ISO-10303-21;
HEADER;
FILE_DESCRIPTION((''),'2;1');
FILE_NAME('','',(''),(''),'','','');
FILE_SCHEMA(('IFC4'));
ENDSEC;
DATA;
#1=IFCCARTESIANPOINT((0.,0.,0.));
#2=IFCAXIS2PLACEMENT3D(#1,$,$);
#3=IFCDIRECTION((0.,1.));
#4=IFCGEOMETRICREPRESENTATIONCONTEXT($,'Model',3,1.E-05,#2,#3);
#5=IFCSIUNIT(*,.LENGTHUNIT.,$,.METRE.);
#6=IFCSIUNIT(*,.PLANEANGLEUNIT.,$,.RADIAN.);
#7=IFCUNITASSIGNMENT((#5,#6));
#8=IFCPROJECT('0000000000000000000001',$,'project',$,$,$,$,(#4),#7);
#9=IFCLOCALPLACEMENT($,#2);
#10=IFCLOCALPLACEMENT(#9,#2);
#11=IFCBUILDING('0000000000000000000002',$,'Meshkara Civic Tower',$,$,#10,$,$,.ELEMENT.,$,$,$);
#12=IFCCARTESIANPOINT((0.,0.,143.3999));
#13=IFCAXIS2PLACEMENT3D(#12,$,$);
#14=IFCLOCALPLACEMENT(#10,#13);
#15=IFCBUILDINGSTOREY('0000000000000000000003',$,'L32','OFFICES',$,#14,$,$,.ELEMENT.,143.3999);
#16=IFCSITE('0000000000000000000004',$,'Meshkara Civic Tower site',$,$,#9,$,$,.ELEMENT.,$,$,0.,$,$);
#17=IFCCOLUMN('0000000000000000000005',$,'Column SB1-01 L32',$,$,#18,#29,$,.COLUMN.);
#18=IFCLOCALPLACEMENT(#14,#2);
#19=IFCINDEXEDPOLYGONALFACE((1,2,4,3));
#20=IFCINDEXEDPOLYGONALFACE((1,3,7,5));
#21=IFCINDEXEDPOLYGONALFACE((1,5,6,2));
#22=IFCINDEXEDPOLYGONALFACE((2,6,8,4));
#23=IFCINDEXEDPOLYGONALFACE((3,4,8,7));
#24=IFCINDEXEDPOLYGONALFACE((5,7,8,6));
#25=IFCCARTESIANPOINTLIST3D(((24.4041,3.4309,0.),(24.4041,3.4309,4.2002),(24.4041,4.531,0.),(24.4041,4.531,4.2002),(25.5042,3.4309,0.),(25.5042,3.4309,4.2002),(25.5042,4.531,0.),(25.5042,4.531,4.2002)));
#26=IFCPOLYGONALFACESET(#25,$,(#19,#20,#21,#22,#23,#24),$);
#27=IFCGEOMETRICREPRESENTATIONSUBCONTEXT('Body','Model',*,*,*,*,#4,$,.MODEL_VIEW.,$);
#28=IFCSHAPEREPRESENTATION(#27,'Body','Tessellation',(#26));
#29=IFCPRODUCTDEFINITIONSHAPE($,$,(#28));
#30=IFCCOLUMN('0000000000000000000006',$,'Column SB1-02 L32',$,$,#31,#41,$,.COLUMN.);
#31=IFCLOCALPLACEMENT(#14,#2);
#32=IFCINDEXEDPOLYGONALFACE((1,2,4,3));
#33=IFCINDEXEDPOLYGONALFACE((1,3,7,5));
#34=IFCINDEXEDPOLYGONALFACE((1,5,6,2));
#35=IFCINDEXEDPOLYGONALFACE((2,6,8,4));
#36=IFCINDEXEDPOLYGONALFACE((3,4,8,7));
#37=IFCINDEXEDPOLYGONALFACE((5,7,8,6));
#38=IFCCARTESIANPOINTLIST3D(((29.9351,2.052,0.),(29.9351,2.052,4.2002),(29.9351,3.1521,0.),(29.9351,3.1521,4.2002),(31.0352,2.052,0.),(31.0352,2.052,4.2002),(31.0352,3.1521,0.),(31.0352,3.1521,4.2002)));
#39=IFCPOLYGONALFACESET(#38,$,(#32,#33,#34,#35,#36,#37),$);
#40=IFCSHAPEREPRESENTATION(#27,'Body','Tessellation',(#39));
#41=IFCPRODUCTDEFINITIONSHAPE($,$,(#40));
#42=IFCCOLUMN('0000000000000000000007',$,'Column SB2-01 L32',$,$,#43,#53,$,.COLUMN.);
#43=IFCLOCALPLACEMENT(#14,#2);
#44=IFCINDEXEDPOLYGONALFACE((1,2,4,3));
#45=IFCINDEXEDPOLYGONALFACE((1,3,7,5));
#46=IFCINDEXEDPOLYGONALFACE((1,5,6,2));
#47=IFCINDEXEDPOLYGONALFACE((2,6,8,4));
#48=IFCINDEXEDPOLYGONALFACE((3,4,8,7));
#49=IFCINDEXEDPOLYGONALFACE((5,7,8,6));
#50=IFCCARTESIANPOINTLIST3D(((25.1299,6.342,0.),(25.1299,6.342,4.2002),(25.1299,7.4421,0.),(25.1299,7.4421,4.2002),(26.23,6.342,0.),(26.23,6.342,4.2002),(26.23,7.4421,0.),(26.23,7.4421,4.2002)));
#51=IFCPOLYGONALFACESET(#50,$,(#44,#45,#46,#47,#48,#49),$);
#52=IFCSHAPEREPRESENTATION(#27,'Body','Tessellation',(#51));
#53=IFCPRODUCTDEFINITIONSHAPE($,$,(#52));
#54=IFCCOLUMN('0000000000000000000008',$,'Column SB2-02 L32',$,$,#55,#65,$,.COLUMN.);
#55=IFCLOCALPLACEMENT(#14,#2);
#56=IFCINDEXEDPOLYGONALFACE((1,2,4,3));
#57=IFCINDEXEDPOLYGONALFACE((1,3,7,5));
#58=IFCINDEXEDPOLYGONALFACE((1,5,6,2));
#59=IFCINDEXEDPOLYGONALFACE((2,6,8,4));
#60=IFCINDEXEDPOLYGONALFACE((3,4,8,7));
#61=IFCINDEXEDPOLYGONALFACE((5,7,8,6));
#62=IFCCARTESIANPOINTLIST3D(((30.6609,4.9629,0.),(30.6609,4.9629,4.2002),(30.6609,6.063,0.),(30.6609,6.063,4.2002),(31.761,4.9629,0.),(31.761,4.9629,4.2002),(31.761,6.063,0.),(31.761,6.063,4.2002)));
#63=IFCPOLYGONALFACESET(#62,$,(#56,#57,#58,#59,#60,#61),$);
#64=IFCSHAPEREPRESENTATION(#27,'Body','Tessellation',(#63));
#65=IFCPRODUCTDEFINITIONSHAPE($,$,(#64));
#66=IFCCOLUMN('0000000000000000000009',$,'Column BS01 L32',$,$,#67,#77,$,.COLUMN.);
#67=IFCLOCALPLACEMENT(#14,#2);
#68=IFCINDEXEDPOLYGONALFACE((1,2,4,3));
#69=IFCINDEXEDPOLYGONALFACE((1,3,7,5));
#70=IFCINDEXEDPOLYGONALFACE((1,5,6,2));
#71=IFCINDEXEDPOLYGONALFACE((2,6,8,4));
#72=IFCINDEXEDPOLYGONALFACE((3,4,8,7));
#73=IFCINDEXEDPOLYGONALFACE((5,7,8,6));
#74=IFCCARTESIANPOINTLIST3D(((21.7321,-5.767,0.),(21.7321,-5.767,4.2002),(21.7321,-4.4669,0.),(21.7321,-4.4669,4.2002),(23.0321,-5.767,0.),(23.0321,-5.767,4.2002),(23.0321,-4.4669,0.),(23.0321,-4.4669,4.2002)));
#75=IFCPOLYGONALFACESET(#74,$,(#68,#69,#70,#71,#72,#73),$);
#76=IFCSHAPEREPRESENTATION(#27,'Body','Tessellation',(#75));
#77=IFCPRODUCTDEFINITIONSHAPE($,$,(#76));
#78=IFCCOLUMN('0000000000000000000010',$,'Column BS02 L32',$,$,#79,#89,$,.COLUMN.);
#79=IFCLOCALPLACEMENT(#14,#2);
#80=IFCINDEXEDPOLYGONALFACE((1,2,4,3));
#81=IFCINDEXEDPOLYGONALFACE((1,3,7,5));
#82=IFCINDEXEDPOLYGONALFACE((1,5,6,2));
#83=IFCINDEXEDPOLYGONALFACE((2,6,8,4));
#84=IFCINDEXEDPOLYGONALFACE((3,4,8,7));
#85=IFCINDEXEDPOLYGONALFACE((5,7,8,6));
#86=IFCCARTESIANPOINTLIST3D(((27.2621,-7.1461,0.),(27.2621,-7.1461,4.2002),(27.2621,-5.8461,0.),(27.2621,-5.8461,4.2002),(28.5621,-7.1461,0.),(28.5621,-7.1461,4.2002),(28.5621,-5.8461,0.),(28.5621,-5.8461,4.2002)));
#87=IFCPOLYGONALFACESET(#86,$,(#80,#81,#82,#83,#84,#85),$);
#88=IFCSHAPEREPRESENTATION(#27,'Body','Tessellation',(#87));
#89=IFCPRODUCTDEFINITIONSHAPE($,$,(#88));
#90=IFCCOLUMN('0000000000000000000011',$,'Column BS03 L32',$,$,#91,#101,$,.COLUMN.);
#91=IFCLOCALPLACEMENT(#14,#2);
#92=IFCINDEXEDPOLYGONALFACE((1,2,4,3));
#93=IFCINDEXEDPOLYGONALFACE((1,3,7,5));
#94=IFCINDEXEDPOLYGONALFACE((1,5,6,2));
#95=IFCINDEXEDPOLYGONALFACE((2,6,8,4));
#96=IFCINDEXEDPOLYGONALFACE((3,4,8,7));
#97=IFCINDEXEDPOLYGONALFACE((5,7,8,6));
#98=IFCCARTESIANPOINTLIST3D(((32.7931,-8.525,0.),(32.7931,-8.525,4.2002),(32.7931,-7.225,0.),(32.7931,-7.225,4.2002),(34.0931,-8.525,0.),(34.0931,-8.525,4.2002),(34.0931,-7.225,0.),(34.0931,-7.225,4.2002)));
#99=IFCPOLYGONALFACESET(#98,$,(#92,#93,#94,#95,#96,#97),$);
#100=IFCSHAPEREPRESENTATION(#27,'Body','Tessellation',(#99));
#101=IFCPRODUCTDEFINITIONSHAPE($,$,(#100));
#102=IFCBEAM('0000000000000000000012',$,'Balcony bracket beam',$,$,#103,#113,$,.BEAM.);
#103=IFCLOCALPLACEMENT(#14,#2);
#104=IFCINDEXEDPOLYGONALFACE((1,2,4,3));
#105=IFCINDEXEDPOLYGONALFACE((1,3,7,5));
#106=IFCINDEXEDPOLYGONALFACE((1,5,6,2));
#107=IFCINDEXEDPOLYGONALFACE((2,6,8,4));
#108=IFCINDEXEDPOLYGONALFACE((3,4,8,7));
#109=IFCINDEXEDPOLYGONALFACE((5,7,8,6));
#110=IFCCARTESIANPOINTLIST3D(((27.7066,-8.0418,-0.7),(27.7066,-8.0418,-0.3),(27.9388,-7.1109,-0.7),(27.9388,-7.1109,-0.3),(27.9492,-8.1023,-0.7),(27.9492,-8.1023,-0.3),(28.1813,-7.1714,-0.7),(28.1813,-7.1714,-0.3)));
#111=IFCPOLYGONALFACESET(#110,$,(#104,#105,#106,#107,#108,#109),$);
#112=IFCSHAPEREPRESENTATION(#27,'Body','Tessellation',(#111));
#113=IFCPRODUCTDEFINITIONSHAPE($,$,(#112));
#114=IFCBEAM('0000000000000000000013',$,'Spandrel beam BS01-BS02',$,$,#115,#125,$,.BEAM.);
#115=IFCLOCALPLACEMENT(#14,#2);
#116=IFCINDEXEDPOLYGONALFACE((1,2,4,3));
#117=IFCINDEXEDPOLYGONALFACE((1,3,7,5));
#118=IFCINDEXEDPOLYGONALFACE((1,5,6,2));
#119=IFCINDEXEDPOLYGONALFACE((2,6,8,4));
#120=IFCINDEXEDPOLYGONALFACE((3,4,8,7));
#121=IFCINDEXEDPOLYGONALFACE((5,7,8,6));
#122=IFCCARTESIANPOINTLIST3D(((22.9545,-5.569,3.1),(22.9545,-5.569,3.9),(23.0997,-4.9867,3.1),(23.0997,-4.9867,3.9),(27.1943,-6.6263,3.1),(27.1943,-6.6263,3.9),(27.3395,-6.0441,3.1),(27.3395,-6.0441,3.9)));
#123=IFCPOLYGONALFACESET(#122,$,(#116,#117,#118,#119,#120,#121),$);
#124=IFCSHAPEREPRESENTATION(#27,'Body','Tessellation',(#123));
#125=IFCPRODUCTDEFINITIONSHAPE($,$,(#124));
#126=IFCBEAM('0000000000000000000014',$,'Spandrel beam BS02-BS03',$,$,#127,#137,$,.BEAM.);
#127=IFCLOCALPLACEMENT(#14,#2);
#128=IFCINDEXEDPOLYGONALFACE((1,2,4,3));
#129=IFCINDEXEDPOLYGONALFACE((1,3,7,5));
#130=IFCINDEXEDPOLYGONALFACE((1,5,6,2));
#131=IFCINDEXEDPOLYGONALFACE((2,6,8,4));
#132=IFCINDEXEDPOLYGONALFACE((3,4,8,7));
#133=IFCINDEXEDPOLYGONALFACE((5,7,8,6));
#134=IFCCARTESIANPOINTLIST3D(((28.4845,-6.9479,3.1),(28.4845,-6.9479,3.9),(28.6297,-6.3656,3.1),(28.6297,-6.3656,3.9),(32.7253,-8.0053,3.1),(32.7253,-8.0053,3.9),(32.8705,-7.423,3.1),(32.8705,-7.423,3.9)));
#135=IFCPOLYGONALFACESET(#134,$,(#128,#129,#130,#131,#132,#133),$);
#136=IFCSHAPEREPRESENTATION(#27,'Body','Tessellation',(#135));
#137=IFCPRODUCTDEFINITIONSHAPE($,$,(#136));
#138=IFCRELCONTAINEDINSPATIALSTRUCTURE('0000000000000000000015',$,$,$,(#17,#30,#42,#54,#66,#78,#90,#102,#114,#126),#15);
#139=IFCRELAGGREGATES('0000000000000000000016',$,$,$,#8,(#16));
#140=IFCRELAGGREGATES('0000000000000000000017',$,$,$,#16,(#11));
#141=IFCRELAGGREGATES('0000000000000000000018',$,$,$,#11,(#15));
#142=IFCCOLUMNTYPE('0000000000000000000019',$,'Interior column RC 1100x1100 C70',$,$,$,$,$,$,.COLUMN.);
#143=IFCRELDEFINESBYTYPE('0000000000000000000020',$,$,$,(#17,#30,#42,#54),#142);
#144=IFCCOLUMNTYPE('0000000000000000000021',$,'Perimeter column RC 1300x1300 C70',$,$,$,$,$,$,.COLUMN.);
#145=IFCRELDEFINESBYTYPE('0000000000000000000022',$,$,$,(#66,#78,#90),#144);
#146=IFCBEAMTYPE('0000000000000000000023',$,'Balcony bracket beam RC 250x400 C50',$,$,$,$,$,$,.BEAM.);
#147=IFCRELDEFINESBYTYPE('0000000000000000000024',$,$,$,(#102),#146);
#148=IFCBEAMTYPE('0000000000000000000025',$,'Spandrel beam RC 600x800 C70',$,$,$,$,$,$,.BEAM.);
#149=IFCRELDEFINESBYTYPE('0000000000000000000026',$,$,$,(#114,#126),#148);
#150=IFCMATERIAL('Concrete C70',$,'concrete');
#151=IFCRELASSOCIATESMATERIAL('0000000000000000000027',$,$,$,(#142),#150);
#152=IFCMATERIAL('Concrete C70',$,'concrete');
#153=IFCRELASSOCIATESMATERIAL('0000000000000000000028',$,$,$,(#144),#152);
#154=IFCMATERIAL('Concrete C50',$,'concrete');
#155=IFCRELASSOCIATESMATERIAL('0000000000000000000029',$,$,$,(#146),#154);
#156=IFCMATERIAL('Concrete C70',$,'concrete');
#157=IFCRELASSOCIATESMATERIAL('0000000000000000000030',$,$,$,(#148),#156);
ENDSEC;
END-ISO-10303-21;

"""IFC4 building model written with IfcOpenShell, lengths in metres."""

from ifc_helpers import new_model, si_unit, direction, frame, origin, origin_2d, place, context, subcontext, project, spatial, rectangle, extrude, material, material_profile, profile_set, type_object, element, save


model = new_model("IFC4")

# Units and contexts
model_context = context("Model", 3, precision=1e-05, world=origin(), true_north=direction((0.0, 1.0)))
body_context = subcontext(model_context, "Body", "Model", "MODEL_VIEW")
ifc_project = project(units=[si_unit("LENGTHUNIT", "METRE"), si_unit("PLANEANGLEUNIT", "RADIAN")], contexts=[model_context])

# Site, building, storey
site_placement = place(None, origin())
site = spatial("IfcSite", under=ifc_project, at=site_placement, Name="Meshkara Civic Tower site", CompositionType="ELEMENT", RefElevation=0.0)
building_placement = place(site_placement, origin())
building = spatial("IfcBuilding", under=site, at=building_placement, Name="Meshkara Civic Tower", CompositionType="ELEMENT")
storey_placement = place(building_placement, frame((0.0, 0.0, 143.3999)))
storey = spatial("IfcBuildingStorey", under=building, at=storey_placement, Name="L32", Description="OFFICES", CompositionType="ELEMENT", Elevation=143.3999)

# Columns
ifc_material_1 = material(Name="Concrete C70", Category="concrete")
ifc_material_profile_1 = material_profile(ifc_material_1, rectangle(XDim=1.1001, YDim=1.1001, at=origin_2d()))
ifc_profile_set_1 = profile_set([ifc_material_profile_1], Name="Concrete C70")
column_type_1 = type_object("IfcColumnType", Name="Interior column RC 1100x1100 C70", PredefinedType="COLUMN", material=ifc_profile_set_1)
for number, where, z_axis, x_axis, name in (
    (1, (24.9541, 3.981, 0.0), (0.0, 0.0, 1.0), (1.0, 0.0, 0.0), "Column SB1-01 L32"),
    (2, (30.4851, 2.6021, 0.0), (0.0, 0.0, 1.0), (1.0, 0.0, 0.0), "Column SB1-02 L32"),
    (3, (25.6799, 6.8921, 0.0), (0.0, 0.0, 1.0), (1.0, 0.0, 0.0), "Column SB2-01 L32"),
    (4, (31.2109, 5.5129, 0.0), (0.0, 0.0, 1.0), (1.0, 0.0, 0.0), "Column SB2-02 L32"),
):
    element("IfcColumn", number, at=place(storey_placement, frame(where, z_axis=z_axis, x_axis=x_axis)), inside=storey, type_object=column_type_1, Name=name, PredefinedType="COLUMN", context=body_context, shape_type="SweptSolid", body=[
        extrude(rectangle(XDim=1.1001, YDim=1.1001, at=origin_2d()), origin(), (0.0, 0.0, 1.0), 4.2002),
    ])
ifc_material_2 = material(Name="Concrete C70", Category="concrete")
ifc_material_profile_2 = material_profile(ifc_material_2, rectangle(XDim=1.3, YDim=1.3, at=origin_2d()))
ifc_profile_set_2 = profile_set([ifc_material_profile_2], Name="Concrete C70")
column_type_2 = type_object("IfcColumnType", Name="Perimeter column RC 1300x1300 C70", PredefinedType="COLUMN", material=ifc_profile_set_2)
for number, where, z_axis, x_axis, name in (
    (5, (22.3821, -5.1169, 0.0), (0.0, 0.0, 1.0), (1.0, 0.0, 0.0), "Column BS01 L32"),
    (6, (27.9121, -6.4961, 0.0), (0.0, 0.0, 1.0), (1.0, 0.0, 0.0), "Column BS02 L32"),
    (7, (33.4431, -7.875, 0.0), (0.0, 0.0, 1.0), (1.0, 0.0, 0.0), "Column BS03 L32"),
):
    element("IfcColumn", number, at=place(storey_placement, frame(where, z_axis=z_axis, x_axis=x_axis)), inside=storey, type_object=column_type_2, Name=name, PredefinedType="COLUMN", context=body_context, shape_type="SweptSolid", body=[
        extrude(rectangle(XDim=1.3, YDim=1.3, at=origin_2d()), origin(), (0.0, 0.0, 1.0), 4.2002),
    ])

# Beams
ifc_material_3 = material(Name="Concrete C50", Category="concrete")
ifc_material_profile_3 = material_profile(ifc_material_3, rectangle(XDim=0.25, YDim=0.3999, at=origin_2d()))
ifc_profile_set_3 = profile_set([ifc_material_profile_3], Name="Concrete C50")
beam_type_1 = type_object("IfcBeamType", Name="Balcony bracket beam RC 250x400 C50", PredefinedType="BEAM", material=ifc_profile_set_3)
beam_1_placement = place(storey_placement, frame((28.0601, -7.1411, -0.5), z_axis=(-0.241997, -0.970277, 0.0), x_axis=(0.970277, -0.241997, 0.0)))
element("IfcBeam", 8, at=beam_1_placement, inside=storey, type_object=beam_type_1, Name="Balcony bracket beam", PredefinedType="BEAM", context=body_context, shape_type="SweptSolid", body=[
    extrude(rectangle(XDim=0.25, YDim=0.3999, at=origin_2d()), origin(), (0.0, 0.0, 1.0), 0.9595),
])
ifc_material_4 = material(Name="Concrete C70", Category="concrete")
ifc_material_profile_4 = material_profile(ifc_material_4, rectangle(XDim=0.6001, YDim=0.8, at=origin_2d()))
ifc_profile_set_4 = profile_set([ifc_material_profile_4], Name="Concrete C70")
beam_type_2 = type_object("IfcBeamType", Name="Spandrel beam RC 600x800 C70", PredefinedType="BEAM", material=ifc_profile_set_4)
beam_2_placement = place(storey_placement, frame((23.0271, -5.2778, 3.5), z_axis=(0.97028, -0.241983, 0.0), x_axis=(0.241983, 0.97028, 0.0)))
element("IfcBeam", 9, at=beam_2_placement, inside=storey, type_object=beam_type_2, Name="Spandrel beam BS01-BS02", PredefinedType="BEAM", context=body_context, shape_type="SweptSolid", body=[
    extrude(rectangle(XDim=0.6001, YDim=0.8, at=origin_2d()), origin(), (0.0, 0.0, 1.0), 4.3696),
])
beam_3_placement = place(storey_placement, frame((28.5571, -6.6567, 3.5), z_axis=(0.970293, -0.241931, 0.0), x_axis=(0.241931, 0.970293, 0.0)))
element("IfcBeam", 10, at=beam_3_placement, inside=storey, type_object=beam_type_2, Name="Spandrel beam BS02-BS03", PredefinedType="BEAM", context=body_context, shape_type="SweptSolid", body=[
    extrude(rectangle(XDim=0.6001, YDim=0.8, at=origin_2d()), origin(), (0.0, 0.0, 1.0), 4.3706),
])

save(model, "model.ifc")
